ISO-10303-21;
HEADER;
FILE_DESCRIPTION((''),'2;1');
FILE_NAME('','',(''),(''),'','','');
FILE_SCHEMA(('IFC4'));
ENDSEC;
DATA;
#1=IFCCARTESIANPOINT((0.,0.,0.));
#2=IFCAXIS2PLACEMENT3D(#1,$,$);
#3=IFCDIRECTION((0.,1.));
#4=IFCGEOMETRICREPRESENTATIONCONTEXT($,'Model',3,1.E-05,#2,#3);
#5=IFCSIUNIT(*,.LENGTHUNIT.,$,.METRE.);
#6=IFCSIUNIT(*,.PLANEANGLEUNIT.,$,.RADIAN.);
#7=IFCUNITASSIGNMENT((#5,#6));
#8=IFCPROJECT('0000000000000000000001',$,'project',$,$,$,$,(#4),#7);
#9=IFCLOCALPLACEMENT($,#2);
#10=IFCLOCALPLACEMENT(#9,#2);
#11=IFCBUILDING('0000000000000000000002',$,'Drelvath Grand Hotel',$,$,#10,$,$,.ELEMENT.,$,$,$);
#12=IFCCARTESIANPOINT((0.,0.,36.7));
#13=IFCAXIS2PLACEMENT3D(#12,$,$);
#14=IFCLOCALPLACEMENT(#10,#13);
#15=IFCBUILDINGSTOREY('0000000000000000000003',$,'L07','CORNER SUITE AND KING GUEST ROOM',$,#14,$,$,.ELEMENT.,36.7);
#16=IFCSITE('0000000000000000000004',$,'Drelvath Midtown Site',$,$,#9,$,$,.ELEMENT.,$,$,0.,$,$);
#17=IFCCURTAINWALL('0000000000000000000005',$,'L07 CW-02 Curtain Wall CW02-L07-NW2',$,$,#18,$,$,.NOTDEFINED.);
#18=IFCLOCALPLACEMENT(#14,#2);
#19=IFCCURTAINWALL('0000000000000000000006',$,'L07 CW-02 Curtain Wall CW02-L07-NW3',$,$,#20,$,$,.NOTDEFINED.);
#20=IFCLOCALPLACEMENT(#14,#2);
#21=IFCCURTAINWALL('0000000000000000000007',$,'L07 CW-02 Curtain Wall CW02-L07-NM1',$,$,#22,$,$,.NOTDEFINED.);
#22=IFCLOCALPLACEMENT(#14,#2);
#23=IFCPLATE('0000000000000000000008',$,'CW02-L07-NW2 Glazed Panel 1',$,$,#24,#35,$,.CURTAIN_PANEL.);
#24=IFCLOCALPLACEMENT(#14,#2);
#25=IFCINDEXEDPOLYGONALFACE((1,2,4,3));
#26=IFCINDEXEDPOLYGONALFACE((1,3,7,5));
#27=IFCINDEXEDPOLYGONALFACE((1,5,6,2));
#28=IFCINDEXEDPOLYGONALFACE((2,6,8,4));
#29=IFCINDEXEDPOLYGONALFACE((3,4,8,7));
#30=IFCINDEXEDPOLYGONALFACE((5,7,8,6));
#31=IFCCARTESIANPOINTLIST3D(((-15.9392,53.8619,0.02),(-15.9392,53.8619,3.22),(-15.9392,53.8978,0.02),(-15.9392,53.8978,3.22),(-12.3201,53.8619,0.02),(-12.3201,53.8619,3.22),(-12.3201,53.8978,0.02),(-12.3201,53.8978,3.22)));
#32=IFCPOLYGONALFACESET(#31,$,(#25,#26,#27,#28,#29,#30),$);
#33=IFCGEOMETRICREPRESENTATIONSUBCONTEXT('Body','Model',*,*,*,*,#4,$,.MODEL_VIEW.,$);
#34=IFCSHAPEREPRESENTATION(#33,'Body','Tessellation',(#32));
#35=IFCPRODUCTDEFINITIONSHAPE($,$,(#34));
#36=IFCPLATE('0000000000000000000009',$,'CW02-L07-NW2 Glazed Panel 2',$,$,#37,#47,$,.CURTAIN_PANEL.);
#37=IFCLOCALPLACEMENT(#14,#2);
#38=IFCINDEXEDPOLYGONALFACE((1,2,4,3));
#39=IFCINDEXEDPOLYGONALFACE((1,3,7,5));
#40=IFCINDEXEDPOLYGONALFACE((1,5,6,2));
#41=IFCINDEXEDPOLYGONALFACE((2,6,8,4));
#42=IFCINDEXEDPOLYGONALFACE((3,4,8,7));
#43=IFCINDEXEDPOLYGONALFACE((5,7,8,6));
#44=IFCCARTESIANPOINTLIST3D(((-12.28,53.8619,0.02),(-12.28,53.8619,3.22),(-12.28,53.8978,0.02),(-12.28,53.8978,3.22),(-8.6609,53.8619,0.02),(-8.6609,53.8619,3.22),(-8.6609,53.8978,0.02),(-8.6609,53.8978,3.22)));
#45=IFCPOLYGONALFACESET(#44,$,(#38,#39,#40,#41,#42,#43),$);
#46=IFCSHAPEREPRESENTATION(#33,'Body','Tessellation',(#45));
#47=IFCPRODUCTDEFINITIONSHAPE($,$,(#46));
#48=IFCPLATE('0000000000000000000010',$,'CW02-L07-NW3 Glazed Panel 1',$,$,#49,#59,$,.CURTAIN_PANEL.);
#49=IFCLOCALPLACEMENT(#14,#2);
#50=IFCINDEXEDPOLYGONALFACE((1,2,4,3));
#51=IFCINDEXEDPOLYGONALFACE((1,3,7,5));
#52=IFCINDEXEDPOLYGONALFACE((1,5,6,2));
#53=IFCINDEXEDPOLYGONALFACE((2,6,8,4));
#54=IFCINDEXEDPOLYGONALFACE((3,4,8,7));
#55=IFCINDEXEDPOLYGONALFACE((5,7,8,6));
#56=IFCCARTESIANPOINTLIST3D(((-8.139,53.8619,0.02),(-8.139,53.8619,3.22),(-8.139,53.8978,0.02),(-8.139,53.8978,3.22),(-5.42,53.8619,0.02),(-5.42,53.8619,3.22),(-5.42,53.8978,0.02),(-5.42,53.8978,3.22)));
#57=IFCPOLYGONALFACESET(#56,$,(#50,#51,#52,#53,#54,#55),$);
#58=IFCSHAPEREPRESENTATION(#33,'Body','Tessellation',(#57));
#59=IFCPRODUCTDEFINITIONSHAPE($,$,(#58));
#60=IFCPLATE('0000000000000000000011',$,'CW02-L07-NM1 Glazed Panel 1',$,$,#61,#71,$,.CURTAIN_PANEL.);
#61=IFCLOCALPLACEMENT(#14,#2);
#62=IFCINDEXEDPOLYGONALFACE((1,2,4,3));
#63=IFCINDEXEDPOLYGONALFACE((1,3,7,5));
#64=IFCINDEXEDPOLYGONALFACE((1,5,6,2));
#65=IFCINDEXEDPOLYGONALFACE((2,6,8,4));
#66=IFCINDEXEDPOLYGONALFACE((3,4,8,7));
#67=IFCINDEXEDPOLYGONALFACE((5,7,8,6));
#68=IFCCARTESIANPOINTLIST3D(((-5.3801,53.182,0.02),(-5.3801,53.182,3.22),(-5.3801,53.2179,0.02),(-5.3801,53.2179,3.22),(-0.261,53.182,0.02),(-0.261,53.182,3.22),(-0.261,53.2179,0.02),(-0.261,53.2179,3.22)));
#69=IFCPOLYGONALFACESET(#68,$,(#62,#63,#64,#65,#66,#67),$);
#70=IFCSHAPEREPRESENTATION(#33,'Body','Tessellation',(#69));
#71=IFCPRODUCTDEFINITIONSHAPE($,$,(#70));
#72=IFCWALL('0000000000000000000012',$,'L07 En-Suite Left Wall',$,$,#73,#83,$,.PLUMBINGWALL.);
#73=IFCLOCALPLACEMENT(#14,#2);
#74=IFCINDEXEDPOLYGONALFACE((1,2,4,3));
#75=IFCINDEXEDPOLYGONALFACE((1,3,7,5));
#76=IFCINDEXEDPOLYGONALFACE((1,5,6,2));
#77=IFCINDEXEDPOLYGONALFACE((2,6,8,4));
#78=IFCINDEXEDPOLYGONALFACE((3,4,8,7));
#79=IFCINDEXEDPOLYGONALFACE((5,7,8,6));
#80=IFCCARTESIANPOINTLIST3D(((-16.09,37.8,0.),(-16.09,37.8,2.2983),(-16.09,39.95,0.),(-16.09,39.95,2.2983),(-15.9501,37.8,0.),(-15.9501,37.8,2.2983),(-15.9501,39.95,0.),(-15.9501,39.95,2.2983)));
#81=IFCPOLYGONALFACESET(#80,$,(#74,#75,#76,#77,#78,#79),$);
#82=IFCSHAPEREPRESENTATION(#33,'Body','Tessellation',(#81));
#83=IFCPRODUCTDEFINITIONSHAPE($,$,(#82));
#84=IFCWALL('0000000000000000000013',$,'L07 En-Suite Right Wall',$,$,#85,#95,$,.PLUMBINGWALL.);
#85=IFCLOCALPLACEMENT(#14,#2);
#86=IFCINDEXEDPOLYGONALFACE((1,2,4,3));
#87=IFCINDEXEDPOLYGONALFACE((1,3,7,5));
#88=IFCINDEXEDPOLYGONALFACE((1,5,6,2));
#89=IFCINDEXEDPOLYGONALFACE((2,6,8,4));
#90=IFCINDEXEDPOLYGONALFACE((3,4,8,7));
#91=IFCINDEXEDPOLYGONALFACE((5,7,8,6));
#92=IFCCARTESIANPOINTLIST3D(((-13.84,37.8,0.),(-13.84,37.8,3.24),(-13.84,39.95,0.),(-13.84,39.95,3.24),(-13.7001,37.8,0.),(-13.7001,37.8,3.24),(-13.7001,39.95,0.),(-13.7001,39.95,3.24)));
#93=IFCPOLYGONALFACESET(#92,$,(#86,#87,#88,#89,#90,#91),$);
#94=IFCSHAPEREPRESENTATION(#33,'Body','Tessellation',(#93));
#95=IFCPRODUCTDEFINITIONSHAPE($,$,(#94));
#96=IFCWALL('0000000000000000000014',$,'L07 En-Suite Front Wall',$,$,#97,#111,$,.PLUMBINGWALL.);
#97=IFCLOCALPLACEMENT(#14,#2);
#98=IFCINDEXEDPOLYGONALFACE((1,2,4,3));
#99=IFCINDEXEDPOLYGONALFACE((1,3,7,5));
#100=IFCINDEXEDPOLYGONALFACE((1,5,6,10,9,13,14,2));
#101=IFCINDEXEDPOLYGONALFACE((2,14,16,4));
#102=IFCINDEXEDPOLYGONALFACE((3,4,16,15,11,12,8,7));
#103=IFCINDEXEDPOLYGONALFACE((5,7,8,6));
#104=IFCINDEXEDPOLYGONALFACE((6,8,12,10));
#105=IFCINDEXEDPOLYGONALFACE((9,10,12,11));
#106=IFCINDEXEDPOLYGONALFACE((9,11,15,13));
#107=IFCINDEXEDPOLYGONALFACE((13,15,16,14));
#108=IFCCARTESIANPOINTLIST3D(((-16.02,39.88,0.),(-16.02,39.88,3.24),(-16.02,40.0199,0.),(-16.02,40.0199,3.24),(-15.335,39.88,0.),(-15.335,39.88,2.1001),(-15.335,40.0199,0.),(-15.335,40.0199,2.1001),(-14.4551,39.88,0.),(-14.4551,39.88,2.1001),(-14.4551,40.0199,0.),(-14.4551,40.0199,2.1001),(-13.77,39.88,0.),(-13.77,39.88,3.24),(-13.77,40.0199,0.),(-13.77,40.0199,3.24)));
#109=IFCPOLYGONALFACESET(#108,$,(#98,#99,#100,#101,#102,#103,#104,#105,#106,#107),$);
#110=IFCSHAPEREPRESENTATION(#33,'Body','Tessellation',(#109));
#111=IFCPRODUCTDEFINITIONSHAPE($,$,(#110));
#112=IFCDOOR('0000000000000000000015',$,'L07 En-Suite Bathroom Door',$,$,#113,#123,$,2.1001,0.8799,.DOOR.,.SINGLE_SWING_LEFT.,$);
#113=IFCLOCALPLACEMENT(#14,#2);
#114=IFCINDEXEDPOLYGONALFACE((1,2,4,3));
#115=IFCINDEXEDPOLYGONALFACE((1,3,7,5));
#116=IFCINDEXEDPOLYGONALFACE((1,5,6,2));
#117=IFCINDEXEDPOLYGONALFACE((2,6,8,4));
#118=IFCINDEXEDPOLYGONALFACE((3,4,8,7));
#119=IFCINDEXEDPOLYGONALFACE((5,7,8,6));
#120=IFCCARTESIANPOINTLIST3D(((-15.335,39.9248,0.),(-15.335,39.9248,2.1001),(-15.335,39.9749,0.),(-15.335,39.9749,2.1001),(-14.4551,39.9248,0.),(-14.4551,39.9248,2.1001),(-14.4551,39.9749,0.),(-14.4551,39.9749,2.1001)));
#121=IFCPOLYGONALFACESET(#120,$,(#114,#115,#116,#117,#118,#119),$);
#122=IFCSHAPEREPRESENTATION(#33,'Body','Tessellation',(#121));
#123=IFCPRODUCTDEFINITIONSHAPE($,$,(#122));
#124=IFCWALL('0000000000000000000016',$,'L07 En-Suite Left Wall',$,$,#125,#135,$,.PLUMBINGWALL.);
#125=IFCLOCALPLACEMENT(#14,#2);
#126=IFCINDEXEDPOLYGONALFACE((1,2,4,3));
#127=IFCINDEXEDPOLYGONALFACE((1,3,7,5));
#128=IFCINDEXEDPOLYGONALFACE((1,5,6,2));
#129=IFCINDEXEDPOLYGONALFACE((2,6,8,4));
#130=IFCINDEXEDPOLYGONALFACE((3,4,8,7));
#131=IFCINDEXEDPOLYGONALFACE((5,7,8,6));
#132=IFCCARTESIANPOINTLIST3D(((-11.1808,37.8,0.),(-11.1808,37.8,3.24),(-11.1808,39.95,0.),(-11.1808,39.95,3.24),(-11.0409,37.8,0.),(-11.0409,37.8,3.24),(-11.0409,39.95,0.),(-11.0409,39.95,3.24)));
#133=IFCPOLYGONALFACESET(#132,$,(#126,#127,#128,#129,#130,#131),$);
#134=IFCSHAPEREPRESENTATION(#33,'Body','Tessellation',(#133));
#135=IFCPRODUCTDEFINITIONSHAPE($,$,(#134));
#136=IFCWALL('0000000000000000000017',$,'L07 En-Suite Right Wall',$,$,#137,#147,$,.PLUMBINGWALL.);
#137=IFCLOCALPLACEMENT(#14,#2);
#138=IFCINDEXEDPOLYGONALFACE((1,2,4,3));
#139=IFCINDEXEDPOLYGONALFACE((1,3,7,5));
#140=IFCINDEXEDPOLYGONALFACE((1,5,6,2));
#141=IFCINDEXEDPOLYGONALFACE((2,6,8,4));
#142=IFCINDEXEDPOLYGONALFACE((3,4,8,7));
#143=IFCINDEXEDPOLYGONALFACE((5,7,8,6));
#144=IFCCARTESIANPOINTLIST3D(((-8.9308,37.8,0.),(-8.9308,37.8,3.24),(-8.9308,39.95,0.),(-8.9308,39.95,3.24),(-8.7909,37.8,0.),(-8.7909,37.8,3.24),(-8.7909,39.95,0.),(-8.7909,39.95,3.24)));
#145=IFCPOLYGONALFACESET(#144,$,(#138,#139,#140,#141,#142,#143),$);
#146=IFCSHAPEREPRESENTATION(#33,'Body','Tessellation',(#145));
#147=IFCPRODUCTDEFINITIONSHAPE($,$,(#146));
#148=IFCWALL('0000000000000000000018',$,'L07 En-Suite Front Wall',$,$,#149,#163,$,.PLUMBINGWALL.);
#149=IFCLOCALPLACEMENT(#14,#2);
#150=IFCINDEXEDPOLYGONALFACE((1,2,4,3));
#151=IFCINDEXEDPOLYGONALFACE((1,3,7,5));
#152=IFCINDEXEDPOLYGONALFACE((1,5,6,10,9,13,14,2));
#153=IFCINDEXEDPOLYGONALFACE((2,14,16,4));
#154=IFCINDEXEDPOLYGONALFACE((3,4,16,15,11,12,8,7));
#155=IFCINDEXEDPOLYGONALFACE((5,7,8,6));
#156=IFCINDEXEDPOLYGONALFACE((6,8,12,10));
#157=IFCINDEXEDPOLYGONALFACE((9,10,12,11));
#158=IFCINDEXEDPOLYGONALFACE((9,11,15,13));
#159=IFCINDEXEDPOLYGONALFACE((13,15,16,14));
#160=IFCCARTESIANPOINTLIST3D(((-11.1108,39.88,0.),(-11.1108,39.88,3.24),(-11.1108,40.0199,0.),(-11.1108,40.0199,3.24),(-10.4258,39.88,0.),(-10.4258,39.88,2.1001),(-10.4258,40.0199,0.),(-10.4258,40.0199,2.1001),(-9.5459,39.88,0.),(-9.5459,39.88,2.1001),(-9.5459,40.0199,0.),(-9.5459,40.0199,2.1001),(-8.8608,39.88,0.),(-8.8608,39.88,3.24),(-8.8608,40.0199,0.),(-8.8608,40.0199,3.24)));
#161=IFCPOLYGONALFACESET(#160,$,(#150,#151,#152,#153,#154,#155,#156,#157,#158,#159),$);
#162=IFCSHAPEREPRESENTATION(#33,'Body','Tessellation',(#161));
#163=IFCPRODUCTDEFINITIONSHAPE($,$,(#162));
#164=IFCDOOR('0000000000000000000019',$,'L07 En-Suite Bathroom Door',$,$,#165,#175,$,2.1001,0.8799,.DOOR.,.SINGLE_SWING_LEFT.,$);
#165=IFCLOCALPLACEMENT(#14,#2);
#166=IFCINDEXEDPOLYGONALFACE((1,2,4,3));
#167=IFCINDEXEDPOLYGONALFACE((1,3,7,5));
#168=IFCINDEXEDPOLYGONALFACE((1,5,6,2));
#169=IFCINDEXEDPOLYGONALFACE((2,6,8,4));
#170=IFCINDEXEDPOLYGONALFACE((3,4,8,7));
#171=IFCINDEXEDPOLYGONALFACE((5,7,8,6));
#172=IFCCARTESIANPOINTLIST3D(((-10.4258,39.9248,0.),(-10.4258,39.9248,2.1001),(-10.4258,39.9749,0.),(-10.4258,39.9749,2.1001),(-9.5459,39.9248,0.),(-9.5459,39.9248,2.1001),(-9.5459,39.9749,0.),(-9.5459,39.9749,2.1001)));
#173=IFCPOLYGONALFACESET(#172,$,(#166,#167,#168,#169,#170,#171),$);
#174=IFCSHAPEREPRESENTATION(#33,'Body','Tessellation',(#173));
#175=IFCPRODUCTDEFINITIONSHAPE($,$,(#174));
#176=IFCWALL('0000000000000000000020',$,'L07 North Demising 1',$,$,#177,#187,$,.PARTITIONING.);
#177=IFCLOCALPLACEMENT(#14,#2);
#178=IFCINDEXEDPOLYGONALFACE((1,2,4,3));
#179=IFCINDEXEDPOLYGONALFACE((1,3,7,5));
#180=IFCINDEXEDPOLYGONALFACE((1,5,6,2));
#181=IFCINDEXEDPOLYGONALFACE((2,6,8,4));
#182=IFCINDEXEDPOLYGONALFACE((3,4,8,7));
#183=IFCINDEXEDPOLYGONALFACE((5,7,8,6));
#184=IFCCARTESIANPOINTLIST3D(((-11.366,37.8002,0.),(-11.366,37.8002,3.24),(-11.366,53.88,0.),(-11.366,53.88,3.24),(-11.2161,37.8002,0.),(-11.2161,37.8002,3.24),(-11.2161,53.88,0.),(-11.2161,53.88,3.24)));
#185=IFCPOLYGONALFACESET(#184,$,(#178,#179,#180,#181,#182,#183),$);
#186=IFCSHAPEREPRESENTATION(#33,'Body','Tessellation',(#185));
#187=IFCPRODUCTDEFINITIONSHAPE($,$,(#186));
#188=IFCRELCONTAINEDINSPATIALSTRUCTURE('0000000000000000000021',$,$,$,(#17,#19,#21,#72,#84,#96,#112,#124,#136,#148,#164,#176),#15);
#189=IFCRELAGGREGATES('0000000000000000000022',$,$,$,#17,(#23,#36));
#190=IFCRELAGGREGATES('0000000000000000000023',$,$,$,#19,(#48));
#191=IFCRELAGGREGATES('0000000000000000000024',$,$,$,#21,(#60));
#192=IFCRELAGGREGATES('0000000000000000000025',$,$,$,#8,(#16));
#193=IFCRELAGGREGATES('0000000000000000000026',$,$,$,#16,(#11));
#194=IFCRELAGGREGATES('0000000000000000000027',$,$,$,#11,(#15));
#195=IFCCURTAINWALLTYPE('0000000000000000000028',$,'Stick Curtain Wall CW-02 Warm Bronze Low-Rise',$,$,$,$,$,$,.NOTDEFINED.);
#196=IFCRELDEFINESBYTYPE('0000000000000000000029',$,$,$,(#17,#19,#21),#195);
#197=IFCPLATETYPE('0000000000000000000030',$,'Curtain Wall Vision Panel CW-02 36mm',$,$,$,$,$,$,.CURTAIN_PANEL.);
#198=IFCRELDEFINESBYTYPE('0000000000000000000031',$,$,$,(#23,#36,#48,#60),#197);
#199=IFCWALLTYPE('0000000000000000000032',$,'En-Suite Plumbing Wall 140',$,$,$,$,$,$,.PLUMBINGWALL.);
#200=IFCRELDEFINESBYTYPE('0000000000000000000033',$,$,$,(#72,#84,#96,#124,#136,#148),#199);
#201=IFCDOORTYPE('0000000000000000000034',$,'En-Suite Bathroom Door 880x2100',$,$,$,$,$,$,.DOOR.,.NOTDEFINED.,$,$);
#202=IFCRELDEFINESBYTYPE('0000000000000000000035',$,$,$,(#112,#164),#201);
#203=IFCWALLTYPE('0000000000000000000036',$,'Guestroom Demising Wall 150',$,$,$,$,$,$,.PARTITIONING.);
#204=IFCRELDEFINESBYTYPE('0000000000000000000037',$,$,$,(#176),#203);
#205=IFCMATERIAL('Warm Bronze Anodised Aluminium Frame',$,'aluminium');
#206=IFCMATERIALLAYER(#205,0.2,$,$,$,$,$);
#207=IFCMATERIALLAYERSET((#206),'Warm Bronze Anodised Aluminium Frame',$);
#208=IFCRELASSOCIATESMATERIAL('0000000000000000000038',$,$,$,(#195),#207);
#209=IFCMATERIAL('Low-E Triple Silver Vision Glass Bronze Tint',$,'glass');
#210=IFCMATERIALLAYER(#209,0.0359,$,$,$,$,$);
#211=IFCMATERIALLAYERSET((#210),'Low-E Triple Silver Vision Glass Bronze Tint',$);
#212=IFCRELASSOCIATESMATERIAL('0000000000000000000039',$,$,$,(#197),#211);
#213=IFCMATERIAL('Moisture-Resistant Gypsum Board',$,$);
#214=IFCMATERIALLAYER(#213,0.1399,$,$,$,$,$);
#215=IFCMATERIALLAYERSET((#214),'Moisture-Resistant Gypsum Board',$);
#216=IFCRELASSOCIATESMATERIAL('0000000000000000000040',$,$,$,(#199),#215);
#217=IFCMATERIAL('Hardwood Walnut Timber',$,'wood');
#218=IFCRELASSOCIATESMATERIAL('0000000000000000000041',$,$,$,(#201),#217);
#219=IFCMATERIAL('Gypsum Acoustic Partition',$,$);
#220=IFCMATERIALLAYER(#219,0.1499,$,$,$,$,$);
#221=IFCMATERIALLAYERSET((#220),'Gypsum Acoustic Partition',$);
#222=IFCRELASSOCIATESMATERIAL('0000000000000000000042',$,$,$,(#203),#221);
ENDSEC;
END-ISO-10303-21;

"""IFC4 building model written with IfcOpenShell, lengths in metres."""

from ifc_helpers import new_model, si_unit, direction, frame, frame_2d, origin, origin_2d, place, context, subcontext, project, spatial, rectangle, extrude, material, layer, layer_set, type_object, element, fill, aggregate, save


model = new_model("IFC4")

# Units and contexts
model_context = context("Model", 3, precision=1e-05, world=origin(), true_north=direction((0.0, 1.0)))
body_context = subcontext(model_context, "Body", "Model", "MODEL_VIEW")
ifc_project = project(units=[si_unit("LENGTHUNIT", "METRE"), si_unit("PLANEANGLEUNIT", "RADIAN")], contexts=[model_context])

# Site, building, storey
site_placement = place(None, origin())
site = spatial("IfcSite", under=ifc_project, at=site_placement, Name="Drelvath Midtown Site", CompositionType="ELEMENT", RefElevation=0.0)
building_placement = place(site_placement, origin())
building = spatial("IfcBuilding", under=site, at=building_placement, Name="Drelvath Grand Hotel", CompositionType="ELEMENT")
storey_placement = place(building_placement, frame((0.0, 0.0, 36.7)))
storey = spatial("IfcBuildingStorey", under=building, at=storey_placement, Name="L07", Description="CORNER SUITE AND KING GUEST ROOM", CompositionType="ELEMENT", Elevation=36.7)

# Curtain walls
ifc_material_1 = material(Name="Warm Bronze Anodised Aluminium Frame", Category="aluminium")
ifc_layer_1 = layer(ifc_material_1, 0.2)
ifc_layer_set_1 = layer_set([ifc_layer_1], Name="Warm Bronze Anodised Aluminium Frame")
curtain_wall_type = type_object("IfcCurtainWallType", Name="Stick Curtain Wall CW-02 Warm Bronze Low-Rise", PredefinedType="NOTDEFINED", material=ifc_layer_set_1)
curtain_wall_1_placement = place(storey_placement, origin())
curtain_wall_1 = element("IfcCurtainWall", 1, at=curtain_wall_1_placement, inside=storey, type_object=curtain_wall_type, Name="L07 CW-02 Curtain Wall CW02-L07-NW2", PredefinedType="NOTDEFINED")
curtain_wall_2_placement = place(storey_placement, origin())
curtain_wall_2 = element("IfcCurtainWall", 2, at=curtain_wall_2_placement, inside=storey, type_object=curtain_wall_type, Name="L07 CW-02 Curtain Wall CW02-L07-NW3", PredefinedType="NOTDEFINED")
curtain_wall_3_placement = place(storey_placement, origin())
curtain_wall_3 = element("IfcCurtainWall", 3, at=curtain_wall_3_placement, inside=storey, type_object=curtain_wall_type, Name="L07 CW-02 Curtain Wall CW02-L07-NM1", PredefinedType="NOTDEFINED")

# Plates
ifc_material_2 = material(Name="Low-E Triple Silver Vision Glass Bronze Tint", Category="glass")
ifc_layer_2 = layer(ifc_material_2, 0.0359)
ifc_layer_set_2 = layer_set([ifc_layer_2], Name="Low-E Triple Silver Vision Glass Bronze Tint")
plate_type = type_object("IfcPlateType", Name="Curtain Wall Vision Panel CW-02 36mm", PredefinedType="CURTAIN_PANEL", material=ifc_layer_set_2)
plate_1_placement = place(storey_placement, frame((-14.1296, 53.8799, 0.02), z_axis=(0.0, 0.0, 1.0), x_axis=(1.0, 0.0, 0.0)))
plate_1 = element("IfcPlate", 4, at=plate_1_placement, type_object=plate_type, Name="CW02-L07-NW2 Glazed Panel 1", PredefinedType="CURTAIN_PANEL", context=body_context, shape_type="SweptSolid", body=[
    extrude(rectangle(XDim=3.6191, YDim=0.0359, at=origin_2d()), origin(), (0.0, 0.0, 1.0), 3.2),
])
plate_2_placement = place(storey_placement, frame((-10.4705, 53.8799, 0.02), z_axis=(0.0, 0.0, 1.0), x_axis=(1.0, 0.0, 0.0)))
plate_2 = element("IfcPlate", 5, at=plate_2_placement, type_object=plate_type, Name="CW02-L07-NW2 Glazed Panel 2", PredefinedType="CURTAIN_PANEL", context=body_context, shape_type="SweptSolid", body=[
    extrude(rectangle(XDim=3.6191, YDim=0.0359, at=origin_2d()), origin(), (0.0, 0.0, 1.0), 3.2),
])
aggregate(curtain_wall_1, [plate_1, plate_2])
plate_3_placement = place(storey_placement, frame((-6.7795, 53.8799, 0.02), z_axis=(0.0, 0.0, 1.0), x_axis=(1.0, 0.0, 0.0)))
plate_3 = element("IfcPlate", 6, at=plate_3_placement, type_object=plate_type, Name="CW02-L07-NW3 Glazed Panel 1", PredefinedType="CURTAIN_PANEL", context=body_context, shape_type="SweptSolid", body=[
    extrude(rectangle(XDim=2.719, YDim=0.0359, at=origin_2d()), origin(), (0.0, 0.0, 1.0), 3.2),
])
aggregate(curtain_wall_2, [plate_3])
plate_4_placement = place(storey_placement, frame((-2.8206, 53.2, 0.02), z_axis=(0.0, 0.0, 1.0), x_axis=(1.0, 0.0, 0.0)))
plate_4 = element("IfcPlate", 7, at=plate_4_placement, type_object=plate_type, Name="CW02-L07-NM1 Glazed Panel 1", PredefinedType="CURTAIN_PANEL", context=body_context, shape_type="SweptSolid", body=[
    extrude(rectangle(XDim=5.1191, YDim=0.0359, at=origin_2d()), origin(), (0.0, 0.0, 1.0), 3.2),
])
aggregate(curtain_wall_3, [plate_4])

# Walls
ifc_material_3 = material(Name="Moisture-Resistant Gypsum Board")
ifc_layer_3 = layer(ifc_material_3, 0.1399)
ifc_layer_set_3 = layer_set([ifc_layer_3], Name="Moisture-Resistant Gypsum Board")
wall_type_1 = type_object("IfcWallType", Name="En-Suite Plumbing Wall 140", PredefinedType="PLUMBINGWALL", material=ifc_layer_set_3)
wall_1_placement = place(storey_placement, frame((-16.02, 37.8, 0.0), z_axis=(0.0, 0.0, 1.0), x_axis=(0.0, 1.0, 0.0)))
element("IfcWall", 8, at=wall_1_placement, inside=storey, type_object=wall_type_1, Name="L07 En-Suite Left Wall", PredefinedType="PLUMBINGWALL", context=body_context, shape_type="SweptSolid", body=[
    extrude(rectangle(XDim=2.1499, YDim=0.1399, at=frame_2d((1.075, 0.0))), origin(), (0.0, 0.0, 1.0), 2.2983),
])
wall_2_placement = place(storey_placement, frame((-13.77, 37.8, 0.0), z_axis=(0.0, 0.0, 1.0), x_axis=(0.0, 1.0, 0.0)))
element("IfcWall", 9, at=wall_2_placement, inside=storey, type_object=wall_type_1, Name="L07 En-Suite Right Wall", PredefinedType="PLUMBINGWALL", context=body_context, shape_type="SweptSolid", body=[
    extrude(rectangle(XDim=2.1499, YDim=0.1399, at=frame_2d((1.075, 0.0))), origin(), (0.0, 0.0, 1.0), 3.24),
])

# Wall, opening, door
wall_3_placement = place(storey_placement, frame((-16.02, 39.95, 0.0), z_axis=(0.0, 0.0, 1.0), x_axis=(1.0, 0.0, 0.0)))
wall_3 = element("IfcWall", 10, at=wall_3_placement, inside=storey, type_object=wall_type_1, Name="L07 En-Suite Front Wall", PredefinedType="PLUMBINGWALL", context=body_context, shape_type="SweptSolid", body=[
    extrude(rectangle(XDim=2.25, YDim=0.1399, at=frame_2d((1.125, 0.0))), origin(), (0.0, 0.0, 1.0), 3.24),
])
opening_1_placement = place(wall_3_placement, frame((0.6851, 0.0, 0.0)))
opening_1 = element("IfcOpeningElement", 11, at=opening_1_placement, cuts=wall_3, PredefinedType="OPENING", context=body_context, shape_type="SweptSolid", body=[
    extrude(rectangle(XDim=0.8799, YDim=2.1001, at=frame_2d((0.4399, 1.05))), frame((0.0, 0.0798, 0.0), z_axis=(0.0, -1.0, 0.0), x_axis=(1.0, 0.0, 0.0)), (0.0, 0.0, 1.0), 0.1599),
])
ifc_material_4 = material(Name="Hardwood Walnut Timber", Category="wood")
door_type = type_object("IfcDoorType", Name="En-Suite Bathroom Door 880x2100", OperationType="NOTDEFINED", PredefinedType="DOOR", material=ifc_material_4)
door_1_placement = place(opening_1_placement, origin())
door_1 = element("IfcDoor", 12, at=door_1_placement, inside=storey, type_object=door_type, Name="L07 En-Suite Bathroom Door", OperationType="SINGLE_SWING_LEFT", OverallHeight=2.1001, OverallWidth=0.8799, PredefinedType="DOOR", context=body_context, shape_type="SweptSolid", body=[
    extrude(rectangle(XDim=0.8799, YDim=2.1001, at=frame_2d((0.4399, 1.05))), frame((0.0, 0.0249, 0.0), z_axis=(0.0, -1.0, 0.0), x_axis=(1.0, 0.0, 0.0)), (0.0, 0.0, 1.0), 0.05),
])
fill(opening_1, door_1)

# Walls
for number, where, z_axis, x_axis, name in (
    (13, (-11.1108, 37.8, 0.0), (0.0, 0.0, 1.0), (0.0, 1.0, 0.0), "L07 En-Suite Left Wall"),
    (14, (-8.8608, 37.8, 0.0), (0.0, 0.0, 1.0), (0.0, 1.0, 0.0), "L07 En-Suite Right Wall"),
):
    element("IfcWall", number, at=place(storey_placement, frame(where, z_axis=z_axis, x_axis=x_axis)), inside=storey, type_object=wall_type_1, Name=name, PredefinedType="PLUMBINGWALL", context=body_context, shape_type="SweptSolid", body=[
        extrude(rectangle(XDim=2.1499, YDim=0.1399, at=frame_2d((1.075, 0.0))), origin(), (0.0, 0.0, 1.0), 3.24),
    ])

# Wall, opening, door
wall_4_placement = place(storey_placement, frame((-11.1108, 39.95, 0.0), z_axis=(0.0, 0.0, 1.0), x_axis=(1.0, 0.0, 0.0)))
wall_4 = element("IfcWall", 15, at=wall_4_placement, inside=storey, type_object=wall_type_1, Name="L07 En-Suite Front Wall", PredefinedType="PLUMBINGWALL", context=body_context, shape_type="SweptSolid", body=[
    extrude(rectangle(XDim=2.25, YDim=0.1399, at=frame_2d((1.125, 0.0))), origin(), (0.0, 0.0, 1.0), 3.24),
])
opening_2_placement = place(wall_4_placement, frame((0.6851, 0.0, 0.0)))
opening_2 = element("IfcOpeningElement", 16, at=opening_2_placement, cuts=wall_4, PredefinedType="OPENING", context=body_context, shape_type="SweptSolid", body=[
    extrude(rectangle(XDim=0.8799, YDim=2.1001, at=frame_2d((0.4399, 1.05))), frame((0.0, 0.0798, 0.0), z_axis=(0.0, -1.0, 0.0), x_axis=(1.0, 0.0, 0.0)), (0.0, 0.0, 1.0), 0.1599),
])
door_2_placement = place(opening_2_placement, origin())
door_2 = element("IfcDoor", 17, at=door_2_placement, inside=storey, type_object=door_type, Name="L07 En-Suite Bathroom Door", OperationType="SINGLE_SWING_LEFT", OverallHeight=2.1001, OverallWidth=0.8799, PredefinedType="DOOR", context=body_context, shape_type="SweptSolid", body=[
    extrude(rectangle(XDim=0.8799, YDim=2.1001, at=frame_2d((0.4399, 1.05))), frame((0.0, 0.0249, 0.0), z_axis=(0.0, -1.0, 0.0), x_axis=(1.0, 0.0, 0.0)), (0.0, 0.0, 1.0), 0.05),
])
fill(opening_2, door_2)

# Wall
ifc_material_5 = material(Name="Gypsum Acoustic Partition")
ifc_layer_4 = layer(ifc_material_5, 0.1499)
ifc_layer_set_4 = layer_set([ifc_layer_4], Name="Gypsum Acoustic Partition")
wall_type_2 = type_object("IfcWallType", Name="Guestroom Demising Wall 150", PredefinedType="PARTITIONING", material=ifc_layer_set_4)
for number, where, z_axis, x_axis, name in (
    (18, (-11.291, 37.8, 0.0), (0.0, 0.0, 1.0), (0.0, 1.0, 0.0), "L07 North Demising 1"),
):
    element("IfcWall", number, at=place(storey_placement, frame(where, z_axis=z_axis, x_axis=x_axis)), inside=storey, type_object=wall_type_2, Name=name, PredefinedType="PARTITIONING", context=body_context, shape_type="SweptSolid", body=[
        extrude(rectangle(XDim=16.0798, YDim=0.1499, at=frame_2d((8.04, 0.0))), origin(), (0.0, 0.0, 1.0), 3.24),
    ])

save(model, "model.ifc")
